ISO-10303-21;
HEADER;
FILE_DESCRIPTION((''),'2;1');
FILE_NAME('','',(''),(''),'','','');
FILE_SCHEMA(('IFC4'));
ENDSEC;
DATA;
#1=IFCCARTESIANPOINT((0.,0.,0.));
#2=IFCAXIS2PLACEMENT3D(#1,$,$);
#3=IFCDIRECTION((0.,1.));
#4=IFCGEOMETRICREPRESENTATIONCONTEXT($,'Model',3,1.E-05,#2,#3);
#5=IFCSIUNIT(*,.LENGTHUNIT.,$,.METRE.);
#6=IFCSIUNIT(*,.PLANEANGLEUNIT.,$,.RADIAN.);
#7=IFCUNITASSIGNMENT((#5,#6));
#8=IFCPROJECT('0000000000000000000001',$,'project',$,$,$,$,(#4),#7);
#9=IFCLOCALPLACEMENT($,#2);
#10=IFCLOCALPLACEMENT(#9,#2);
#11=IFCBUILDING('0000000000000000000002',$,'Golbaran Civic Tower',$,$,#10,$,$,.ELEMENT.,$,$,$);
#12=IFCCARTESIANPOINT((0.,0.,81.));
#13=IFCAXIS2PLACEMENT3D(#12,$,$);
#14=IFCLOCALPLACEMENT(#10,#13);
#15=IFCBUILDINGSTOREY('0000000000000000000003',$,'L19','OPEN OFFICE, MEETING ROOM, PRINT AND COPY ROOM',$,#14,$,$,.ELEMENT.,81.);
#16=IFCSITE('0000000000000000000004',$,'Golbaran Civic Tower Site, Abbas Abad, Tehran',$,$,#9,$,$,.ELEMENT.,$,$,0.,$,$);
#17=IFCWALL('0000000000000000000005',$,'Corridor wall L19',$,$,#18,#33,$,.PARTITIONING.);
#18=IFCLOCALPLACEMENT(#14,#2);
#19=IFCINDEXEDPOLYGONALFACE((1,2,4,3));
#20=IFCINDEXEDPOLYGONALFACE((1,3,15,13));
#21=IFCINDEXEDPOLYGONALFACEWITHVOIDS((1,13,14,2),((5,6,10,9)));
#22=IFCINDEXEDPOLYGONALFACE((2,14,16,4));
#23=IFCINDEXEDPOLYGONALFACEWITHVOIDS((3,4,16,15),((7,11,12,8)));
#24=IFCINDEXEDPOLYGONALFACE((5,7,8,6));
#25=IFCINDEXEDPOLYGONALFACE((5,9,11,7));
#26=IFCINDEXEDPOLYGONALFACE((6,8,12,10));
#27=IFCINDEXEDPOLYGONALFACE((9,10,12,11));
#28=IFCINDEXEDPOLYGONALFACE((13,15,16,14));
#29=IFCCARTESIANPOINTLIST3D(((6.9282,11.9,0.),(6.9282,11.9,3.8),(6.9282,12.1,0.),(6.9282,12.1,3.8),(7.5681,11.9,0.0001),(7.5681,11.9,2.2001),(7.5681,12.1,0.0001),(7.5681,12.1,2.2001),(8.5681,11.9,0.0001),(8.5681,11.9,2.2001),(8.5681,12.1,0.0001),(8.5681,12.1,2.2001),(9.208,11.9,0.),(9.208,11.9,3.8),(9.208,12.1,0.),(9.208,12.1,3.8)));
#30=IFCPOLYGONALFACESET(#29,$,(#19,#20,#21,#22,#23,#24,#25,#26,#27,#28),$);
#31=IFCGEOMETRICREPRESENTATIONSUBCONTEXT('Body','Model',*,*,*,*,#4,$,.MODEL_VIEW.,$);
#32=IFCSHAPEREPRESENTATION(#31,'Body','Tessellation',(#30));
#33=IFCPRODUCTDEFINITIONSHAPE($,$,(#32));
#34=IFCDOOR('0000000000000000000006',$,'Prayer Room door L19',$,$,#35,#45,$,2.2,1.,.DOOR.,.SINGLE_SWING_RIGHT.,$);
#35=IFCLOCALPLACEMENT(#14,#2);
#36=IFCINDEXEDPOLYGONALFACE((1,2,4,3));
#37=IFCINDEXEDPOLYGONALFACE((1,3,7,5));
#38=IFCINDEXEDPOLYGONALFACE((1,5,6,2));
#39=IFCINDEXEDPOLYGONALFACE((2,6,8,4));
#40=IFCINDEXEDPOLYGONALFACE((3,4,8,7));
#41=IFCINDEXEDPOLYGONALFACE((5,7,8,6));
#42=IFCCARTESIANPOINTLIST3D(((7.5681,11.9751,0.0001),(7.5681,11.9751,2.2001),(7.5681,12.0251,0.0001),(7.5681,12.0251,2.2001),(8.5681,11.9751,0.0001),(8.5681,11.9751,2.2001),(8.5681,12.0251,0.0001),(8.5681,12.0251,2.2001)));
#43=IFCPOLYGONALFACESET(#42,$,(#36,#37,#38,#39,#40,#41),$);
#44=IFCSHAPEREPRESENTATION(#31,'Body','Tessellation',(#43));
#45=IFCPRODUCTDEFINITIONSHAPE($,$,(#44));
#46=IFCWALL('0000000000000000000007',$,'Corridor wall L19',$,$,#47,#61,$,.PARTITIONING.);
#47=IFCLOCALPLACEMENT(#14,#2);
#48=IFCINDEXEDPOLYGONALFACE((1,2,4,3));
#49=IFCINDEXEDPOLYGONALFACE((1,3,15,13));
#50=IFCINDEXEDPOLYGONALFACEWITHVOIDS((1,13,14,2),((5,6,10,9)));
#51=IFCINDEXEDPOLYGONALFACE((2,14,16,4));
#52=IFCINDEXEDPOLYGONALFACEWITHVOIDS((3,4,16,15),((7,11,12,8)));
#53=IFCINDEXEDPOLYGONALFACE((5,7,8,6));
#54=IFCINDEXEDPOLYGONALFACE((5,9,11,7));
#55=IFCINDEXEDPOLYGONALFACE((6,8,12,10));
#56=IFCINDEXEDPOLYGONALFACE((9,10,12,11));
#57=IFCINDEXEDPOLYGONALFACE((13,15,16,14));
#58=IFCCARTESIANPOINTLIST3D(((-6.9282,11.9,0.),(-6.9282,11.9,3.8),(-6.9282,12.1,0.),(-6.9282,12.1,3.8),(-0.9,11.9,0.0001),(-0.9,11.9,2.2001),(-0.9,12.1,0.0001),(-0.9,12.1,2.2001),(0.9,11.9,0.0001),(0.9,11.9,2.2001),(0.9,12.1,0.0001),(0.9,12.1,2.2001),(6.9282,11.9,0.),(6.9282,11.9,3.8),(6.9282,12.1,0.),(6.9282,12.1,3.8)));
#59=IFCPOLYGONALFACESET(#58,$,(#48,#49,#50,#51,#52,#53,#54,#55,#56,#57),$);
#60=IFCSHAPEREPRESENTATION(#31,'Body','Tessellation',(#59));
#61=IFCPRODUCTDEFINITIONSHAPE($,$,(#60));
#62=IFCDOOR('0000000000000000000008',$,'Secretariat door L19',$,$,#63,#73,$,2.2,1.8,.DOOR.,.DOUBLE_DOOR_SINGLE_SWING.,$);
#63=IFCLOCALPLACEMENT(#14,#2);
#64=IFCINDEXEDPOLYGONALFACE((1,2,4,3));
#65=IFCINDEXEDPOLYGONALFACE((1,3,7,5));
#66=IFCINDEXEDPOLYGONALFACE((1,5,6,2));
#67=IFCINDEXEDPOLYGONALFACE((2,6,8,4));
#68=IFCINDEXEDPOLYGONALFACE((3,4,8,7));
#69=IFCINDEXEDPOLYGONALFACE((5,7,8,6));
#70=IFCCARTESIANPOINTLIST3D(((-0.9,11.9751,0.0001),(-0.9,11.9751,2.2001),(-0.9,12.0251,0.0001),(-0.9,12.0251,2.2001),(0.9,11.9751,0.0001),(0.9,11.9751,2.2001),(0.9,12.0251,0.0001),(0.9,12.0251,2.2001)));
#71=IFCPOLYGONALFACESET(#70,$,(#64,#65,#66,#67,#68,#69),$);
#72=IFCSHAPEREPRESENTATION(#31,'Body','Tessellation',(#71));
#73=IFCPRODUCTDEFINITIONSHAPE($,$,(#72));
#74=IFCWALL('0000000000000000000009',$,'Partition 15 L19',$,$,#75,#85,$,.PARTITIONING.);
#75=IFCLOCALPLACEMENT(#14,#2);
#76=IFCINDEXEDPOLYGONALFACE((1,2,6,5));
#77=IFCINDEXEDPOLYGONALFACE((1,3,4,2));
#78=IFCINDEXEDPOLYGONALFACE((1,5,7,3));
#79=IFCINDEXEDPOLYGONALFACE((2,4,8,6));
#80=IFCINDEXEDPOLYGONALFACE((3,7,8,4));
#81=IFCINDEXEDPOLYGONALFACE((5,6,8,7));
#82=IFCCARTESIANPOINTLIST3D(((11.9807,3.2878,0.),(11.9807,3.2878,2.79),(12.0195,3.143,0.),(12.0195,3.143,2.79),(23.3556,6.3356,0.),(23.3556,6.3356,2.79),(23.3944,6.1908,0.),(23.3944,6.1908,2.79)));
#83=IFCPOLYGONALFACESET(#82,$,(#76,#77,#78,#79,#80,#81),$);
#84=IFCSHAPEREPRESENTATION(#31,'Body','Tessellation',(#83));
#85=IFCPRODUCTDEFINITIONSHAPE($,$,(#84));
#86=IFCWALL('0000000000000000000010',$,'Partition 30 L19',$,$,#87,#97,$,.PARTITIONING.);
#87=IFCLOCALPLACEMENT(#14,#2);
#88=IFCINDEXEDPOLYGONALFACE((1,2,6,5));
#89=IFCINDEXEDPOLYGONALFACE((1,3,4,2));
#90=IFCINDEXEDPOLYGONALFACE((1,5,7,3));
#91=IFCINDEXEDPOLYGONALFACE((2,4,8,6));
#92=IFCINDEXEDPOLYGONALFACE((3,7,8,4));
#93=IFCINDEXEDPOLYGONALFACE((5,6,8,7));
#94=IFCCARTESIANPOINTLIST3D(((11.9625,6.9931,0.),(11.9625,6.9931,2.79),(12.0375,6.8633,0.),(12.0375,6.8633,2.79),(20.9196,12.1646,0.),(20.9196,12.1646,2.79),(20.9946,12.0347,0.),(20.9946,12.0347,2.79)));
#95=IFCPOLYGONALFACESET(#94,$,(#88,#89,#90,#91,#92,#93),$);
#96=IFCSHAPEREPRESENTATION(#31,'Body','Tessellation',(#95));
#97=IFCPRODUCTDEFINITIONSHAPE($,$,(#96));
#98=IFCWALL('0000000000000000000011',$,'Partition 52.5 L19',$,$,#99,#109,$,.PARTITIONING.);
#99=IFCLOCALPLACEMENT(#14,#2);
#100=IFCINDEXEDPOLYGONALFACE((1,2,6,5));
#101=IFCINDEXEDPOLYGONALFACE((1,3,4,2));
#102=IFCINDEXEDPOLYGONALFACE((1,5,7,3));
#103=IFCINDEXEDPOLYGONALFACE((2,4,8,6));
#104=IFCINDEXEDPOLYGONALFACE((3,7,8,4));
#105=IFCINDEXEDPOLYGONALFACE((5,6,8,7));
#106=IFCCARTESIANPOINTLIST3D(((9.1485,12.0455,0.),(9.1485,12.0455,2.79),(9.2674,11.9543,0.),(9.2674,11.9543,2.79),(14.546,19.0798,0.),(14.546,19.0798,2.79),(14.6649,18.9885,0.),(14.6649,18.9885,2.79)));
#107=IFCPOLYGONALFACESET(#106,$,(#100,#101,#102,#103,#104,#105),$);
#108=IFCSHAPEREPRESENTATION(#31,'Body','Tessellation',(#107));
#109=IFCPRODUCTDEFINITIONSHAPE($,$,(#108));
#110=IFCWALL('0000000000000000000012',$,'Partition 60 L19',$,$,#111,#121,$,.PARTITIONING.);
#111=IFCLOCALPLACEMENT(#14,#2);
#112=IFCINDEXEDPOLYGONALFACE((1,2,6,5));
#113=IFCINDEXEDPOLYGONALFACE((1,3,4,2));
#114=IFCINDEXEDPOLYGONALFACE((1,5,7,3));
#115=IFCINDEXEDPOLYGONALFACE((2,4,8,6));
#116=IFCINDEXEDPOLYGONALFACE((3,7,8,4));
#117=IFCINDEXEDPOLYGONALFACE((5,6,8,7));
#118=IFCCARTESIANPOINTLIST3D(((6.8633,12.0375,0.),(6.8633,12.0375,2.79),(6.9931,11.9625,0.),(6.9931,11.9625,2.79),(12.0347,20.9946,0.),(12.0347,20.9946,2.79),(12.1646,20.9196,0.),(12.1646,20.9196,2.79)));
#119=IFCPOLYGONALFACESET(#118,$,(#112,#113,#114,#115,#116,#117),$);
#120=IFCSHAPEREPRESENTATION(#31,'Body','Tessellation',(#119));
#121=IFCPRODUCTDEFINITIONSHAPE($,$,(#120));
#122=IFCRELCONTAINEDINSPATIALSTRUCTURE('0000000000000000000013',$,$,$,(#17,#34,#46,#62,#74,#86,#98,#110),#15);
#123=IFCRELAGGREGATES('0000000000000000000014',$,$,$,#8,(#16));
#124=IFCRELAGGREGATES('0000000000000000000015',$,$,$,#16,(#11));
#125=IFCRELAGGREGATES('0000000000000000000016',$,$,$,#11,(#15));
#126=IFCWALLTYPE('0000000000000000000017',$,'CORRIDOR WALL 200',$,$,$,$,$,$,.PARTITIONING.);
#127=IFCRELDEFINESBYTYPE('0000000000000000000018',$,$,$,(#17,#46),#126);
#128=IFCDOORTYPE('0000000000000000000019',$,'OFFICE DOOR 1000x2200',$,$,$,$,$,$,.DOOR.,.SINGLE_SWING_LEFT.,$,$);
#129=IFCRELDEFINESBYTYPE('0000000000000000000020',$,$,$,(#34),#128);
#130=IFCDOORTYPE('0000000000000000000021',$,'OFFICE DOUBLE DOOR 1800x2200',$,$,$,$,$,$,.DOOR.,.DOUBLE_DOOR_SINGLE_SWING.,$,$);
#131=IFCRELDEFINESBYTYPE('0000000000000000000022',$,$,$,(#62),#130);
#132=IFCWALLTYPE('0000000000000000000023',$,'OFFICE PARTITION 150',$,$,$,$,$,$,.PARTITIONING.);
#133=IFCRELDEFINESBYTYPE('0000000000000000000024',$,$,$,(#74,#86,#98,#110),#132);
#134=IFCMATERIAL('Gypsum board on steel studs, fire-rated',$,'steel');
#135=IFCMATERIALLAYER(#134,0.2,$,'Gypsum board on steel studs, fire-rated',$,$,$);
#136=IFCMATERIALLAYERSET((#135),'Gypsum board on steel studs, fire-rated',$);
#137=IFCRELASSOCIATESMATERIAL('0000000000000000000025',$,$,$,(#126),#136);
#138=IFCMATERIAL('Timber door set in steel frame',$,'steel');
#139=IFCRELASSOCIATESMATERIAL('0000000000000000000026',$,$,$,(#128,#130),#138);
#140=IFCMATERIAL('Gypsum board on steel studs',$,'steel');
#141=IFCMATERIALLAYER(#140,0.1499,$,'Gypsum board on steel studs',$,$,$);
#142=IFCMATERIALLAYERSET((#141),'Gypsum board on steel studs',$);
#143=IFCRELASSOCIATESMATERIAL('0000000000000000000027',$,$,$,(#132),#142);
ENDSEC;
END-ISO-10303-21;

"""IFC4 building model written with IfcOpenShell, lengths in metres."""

from ifc_helpers import new_model, si_unit, direction, frame, frame_2d, origin, place, context, subcontext, project, spatial, rectangle, extrude, material, layer, layer_set, type_object, element, fill, save


model = new_model("IFC4")

# Units and contexts
model_context = context("Model", 3, precision=1e-05, world=origin(), true_north=direction((0.0, 1.0)))
body_context = subcontext(model_context, "Body", "Model", "MODEL_VIEW")
ifc_project = project(units=[si_unit("LENGTHUNIT", "METRE"), si_unit("PLANEANGLEUNIT", "RADIAN")], contexts=[model_context])

# Site, building, storey
site_placement = place(None, origin())
site = spatial("IfcSite", under=ifc_project, at=site_placement, Name="Golbaran Civic Tower Site, Abbas Abad, Tehran", CompositionType="ELEMENT", RefElevation=0.0)
building_placement = place(site_placement, origin())
building = spatial("IfcBuilding", under=site, at=building_placement, Name="Golbaran Civic Tower", CompositionType="ELEMENT")
storey_placement = place(building_placement, frame((0.0, 0.0, 81.0)))
storey = spatial("IfcBuildingStorey", under=building, at=storey_placement, Name="L19", Description="OPEN OFFICE, MEETING ROOM, PRINT AND COPY ROOM", CompositionType="ELEMENT", Elevation=81.0)

# Shared definitions
ifc_material_1 = material(Name="Gypsum board on steel studs, fire-rated", Category="steel")
ifc_layer_1 = layer(ifc_material_1, 0.2, Name="Gypsum board on steel studs, fire-rated")
ifc_layer_set_1 = layer_set([ifc_layer_1], Name="Gypsum board on steel studs, fire-rated")
wall_type_1 = type_object("IfcWallType", Name="CORRIDOR WALL 200", PredefinedType="PARTITIONING", material=ifc_layer_set_1)
ifc_material_2 = material(Name="Timber door set in steel frame", Category="steel")
door_type_1 = type_object("IfcDoorType", Name="OFFICE DOOR 1000x2200", OperationType="SINGLE_SWING_LEFT", PredefinedType="DOOR", material=ifc_material_2)

# Walls, openings, doors
wall_1_placement = place(storey_placement, frame((9.208, 12.0, 0.0), z_axis=(0.0, 0.0, 1.0), x_axis=(-1.0, 0.0, 0.0)))
wall_1 = element("IfcWall", 1, at=wall_1_placement, inside=storey, type_object=wall_type_1, Name="Corridor wall L19", PredefinedType="PARTITIONING", context=body_context, shape_type="SweptSolid", body=[
    extrude(rectangle(XDim=2.2798, YDim=0.2, at=frame_2d((1.1399, 0.0))), origin(), (0.0, 0.0, 1.0), 3.8),
])
opening_1_placement = place(wall_1_placement, frame((0.6399, 0.0, 0.0)))
opening_1 = element("IfcOpeningElement", 2, at=opening_1_placement, cuts=wall_1, PredefinedType="OPENING", context=body_context, shape_type="SweptSolid", body=[
    extrude(rectangle(XDim=1.0, YDim=2.2, at=frame_2d((0.5, 1.1001))), frame((0.0, 0.1099, 0.0), z_axis=(0.0, -1.0, 0.0), x_axis=(1.0, 0.0, 0.0)), (0.0, 0.0, 1.0), 0.22),
])
door_1_placement = place(opening_1_placement, origin())
door_1 = element("IfcDoor", 3, at=door_1_placement, inside=storey, type_object=door_type_1, Name="Prayer Room door L19", OperationType="SINGLE_SWING_RIGHT", OverallHeight=2.2, OverallWidth=1.0, PredefinedType="DOOR", context=body_context, shape_type="SweptSolid", body=[
    extrude(rectangle(XDim=1.0, YDim=2.2, at=frame_2d((0.5, 1.1001))), frame((0.0, 0.0249, 0.0), z_axis=(0.0, -1.0, 0.0), x_axis=(1.0, 0.0, 0.0)), (0.0, 0.0, 1.0), 0.05),
])
fill(opening_1, door_1)
wall_2_placement = place(storey_placement, frame((6.9282, 12.0, 0.0), z_axis=(0.0, 0.0, 1.0), x_axis=(-1.0, 0.0, 0.0)))
wall_2 = element("IfcWall", 4, at=wall_2_placement, inside=storey, type_object=wall_type_1, Name="Corridor wall L19", PredefinedType="PARTITIONING", context=body_context, shape_type="SweptSolid", body=[
    extrude(rectangle(XDim=13.8564, YDim=0.2, at=frame_2d((6.9282, 0.0))), origin(), (0.0, 0.0, 1.0), 3.8),
])
opening_2_placement = place(wall_2_placement, frame((6.0283, 0.0, 0.0)))
opening_2 = element("IfcOpeningElement", 5, at=opening_2_placement, cuts=wall_2, PredefinedType="OPENING", context=body_context, shape_type="SweptSolid", body=[
    extrude(rectangle(XDim=1.8, YDim=2.2, at=frame_2d((0.8999, 1.1001))), frame((0.0, 0.1099, 0.0), z_axis=(0.0, -1.0, 0.0), x_axis=(1.0, 0.0, 0.0)), (0.0, 0.0, 1.0), 0.22),
])
door_type_2 = type_object("IfcDoorType", Name="OFFICE DOUBLE DOOR 1800x2200", OperationType="DOUBLE_DOOR_SINGLE_SWING", PredefinedType="DOOR", material=ifc_material_2)
door_2_placement = place(opening_2_placement, origin())
door_2 = element("IfcDoor", 6, at=door_2_placement, inside=storey, type_object=door_type_2, Name="Secretariat door L19", OperationType="DOUBLE_DOOR_SINGLE_SWING", OverallHeight=2.2, OverallWidth=1.8, PredefinedType="DOOR", context=body_context, shape_type="SweptSolid", body=[
    extrude(rectangle(XDim=1.8, YDim=2.2, at=frame_2d((0.8999, 1.1001))), frame((0.0, 0.0249, 0.0), z_axis=(0.0, -1.0, 0.0), x_axis=(1.0, 0.0, 0.0)), (0.0, 0.0, 1.0), 0.05),
])
fill(opening_2, door_2)

# Walls
ifc_material_3 = material(Name="Gypsum board on steel studs", Category="steel")
ifc_layer_2 = layer(ifc_material_3, 0.1499, Name="Gypsum board on steel studs")
ifc_layer_set_2 = layer_set([ifc_layer_2], Name="Gypsum board on steel studs")
wall_type_2 = type_object("IfcWallType", Name="OFFICE PARTITION 150", PredefinedType="PARTITIONING", material=ifc_layer_set_2)
wall_3_placement = place(storey_placement, frame((12.0, 3.2153, 0.0), z_axis=(0.0, 0.0, 1.0), x_axis=(0.965926, 0.258819, 0.0)))
element("IfcWall", 7, at=wall_3_placement, inside=storey, type_object=wall_type_2, Name="Partition 15 L19", PredefinedType="PARTITIONING", context=body_context, shape_type="SweptSolid", body=[
    extrude(rectangle(XDim=11.7761, YDim=0.1499, at=frame_2d((5.8882, 0.0))), origin(), (0.0, 0.0, 1.0), 2.79),
])
wall_4_placement = place(storey_placement, frame((12.0, 6.9282, 0.0), z_axis=(0.0, 0.0, 1.0), x_axis=(0.866024, 0.500003, 0.0)))
element("IfcWall", 8, at=wall_4_placement, inside=storey, type_object=wall_type_2, Name="Partition 30 L19", PredefinedType="PARTITIONING", context=body_context, shape_type="SweptSolid", body=[
    extrude(rectangle(XDim=10.3428, YDim=0.1499, at=frame_2d((5.1714, 0.0))), origin(), (0.0, 0.0, 1.0), 2.79),
])
wall_5_placement = place(storey_placement, frame((9.208, 12.0, 0.0), z_axis=(0.0, 0.0, 1.0), x_axis=(0.608758, 0.793356, 0.0)))
element("IfcWall", 9, at=wall_5_placement, inside=storey, type_object=wall_type_2, Name="Partition 52.5 L19", PredefinedType="PARTITIONING", context=body_context, shape_type="SweptSolid", body=[
    extrude(rectangle(XDim=8.8665, YDim=0.1499, at=frame_2d((4.4331, 0.0))), origin(), (0.0, 0.0, 1.0), 2.79),
])
wall_6_placement = place(storey_placement, frame((6.9282, 12.0, 0.0), z_axis=(0.0, 0.0, 1.0), x_axis=(0.500003, 0.866024, 0.0)))
element("IfcWall", 10, at=wall_6_placement, inside=storey, type_object=wall_type_2, Name="Partition 60 L19", PredefinedType="PARTITIONING", context=body_context, shape_type="SweptSolid", body=[
    extrude(rectangle(XDim=10.3428, YDim=0.1499, at=frame_2d((5.1714, 0.0))), origin(), (0.0, 0.0, 1.0), 2.79),
])

save(model, "model.ifc")
